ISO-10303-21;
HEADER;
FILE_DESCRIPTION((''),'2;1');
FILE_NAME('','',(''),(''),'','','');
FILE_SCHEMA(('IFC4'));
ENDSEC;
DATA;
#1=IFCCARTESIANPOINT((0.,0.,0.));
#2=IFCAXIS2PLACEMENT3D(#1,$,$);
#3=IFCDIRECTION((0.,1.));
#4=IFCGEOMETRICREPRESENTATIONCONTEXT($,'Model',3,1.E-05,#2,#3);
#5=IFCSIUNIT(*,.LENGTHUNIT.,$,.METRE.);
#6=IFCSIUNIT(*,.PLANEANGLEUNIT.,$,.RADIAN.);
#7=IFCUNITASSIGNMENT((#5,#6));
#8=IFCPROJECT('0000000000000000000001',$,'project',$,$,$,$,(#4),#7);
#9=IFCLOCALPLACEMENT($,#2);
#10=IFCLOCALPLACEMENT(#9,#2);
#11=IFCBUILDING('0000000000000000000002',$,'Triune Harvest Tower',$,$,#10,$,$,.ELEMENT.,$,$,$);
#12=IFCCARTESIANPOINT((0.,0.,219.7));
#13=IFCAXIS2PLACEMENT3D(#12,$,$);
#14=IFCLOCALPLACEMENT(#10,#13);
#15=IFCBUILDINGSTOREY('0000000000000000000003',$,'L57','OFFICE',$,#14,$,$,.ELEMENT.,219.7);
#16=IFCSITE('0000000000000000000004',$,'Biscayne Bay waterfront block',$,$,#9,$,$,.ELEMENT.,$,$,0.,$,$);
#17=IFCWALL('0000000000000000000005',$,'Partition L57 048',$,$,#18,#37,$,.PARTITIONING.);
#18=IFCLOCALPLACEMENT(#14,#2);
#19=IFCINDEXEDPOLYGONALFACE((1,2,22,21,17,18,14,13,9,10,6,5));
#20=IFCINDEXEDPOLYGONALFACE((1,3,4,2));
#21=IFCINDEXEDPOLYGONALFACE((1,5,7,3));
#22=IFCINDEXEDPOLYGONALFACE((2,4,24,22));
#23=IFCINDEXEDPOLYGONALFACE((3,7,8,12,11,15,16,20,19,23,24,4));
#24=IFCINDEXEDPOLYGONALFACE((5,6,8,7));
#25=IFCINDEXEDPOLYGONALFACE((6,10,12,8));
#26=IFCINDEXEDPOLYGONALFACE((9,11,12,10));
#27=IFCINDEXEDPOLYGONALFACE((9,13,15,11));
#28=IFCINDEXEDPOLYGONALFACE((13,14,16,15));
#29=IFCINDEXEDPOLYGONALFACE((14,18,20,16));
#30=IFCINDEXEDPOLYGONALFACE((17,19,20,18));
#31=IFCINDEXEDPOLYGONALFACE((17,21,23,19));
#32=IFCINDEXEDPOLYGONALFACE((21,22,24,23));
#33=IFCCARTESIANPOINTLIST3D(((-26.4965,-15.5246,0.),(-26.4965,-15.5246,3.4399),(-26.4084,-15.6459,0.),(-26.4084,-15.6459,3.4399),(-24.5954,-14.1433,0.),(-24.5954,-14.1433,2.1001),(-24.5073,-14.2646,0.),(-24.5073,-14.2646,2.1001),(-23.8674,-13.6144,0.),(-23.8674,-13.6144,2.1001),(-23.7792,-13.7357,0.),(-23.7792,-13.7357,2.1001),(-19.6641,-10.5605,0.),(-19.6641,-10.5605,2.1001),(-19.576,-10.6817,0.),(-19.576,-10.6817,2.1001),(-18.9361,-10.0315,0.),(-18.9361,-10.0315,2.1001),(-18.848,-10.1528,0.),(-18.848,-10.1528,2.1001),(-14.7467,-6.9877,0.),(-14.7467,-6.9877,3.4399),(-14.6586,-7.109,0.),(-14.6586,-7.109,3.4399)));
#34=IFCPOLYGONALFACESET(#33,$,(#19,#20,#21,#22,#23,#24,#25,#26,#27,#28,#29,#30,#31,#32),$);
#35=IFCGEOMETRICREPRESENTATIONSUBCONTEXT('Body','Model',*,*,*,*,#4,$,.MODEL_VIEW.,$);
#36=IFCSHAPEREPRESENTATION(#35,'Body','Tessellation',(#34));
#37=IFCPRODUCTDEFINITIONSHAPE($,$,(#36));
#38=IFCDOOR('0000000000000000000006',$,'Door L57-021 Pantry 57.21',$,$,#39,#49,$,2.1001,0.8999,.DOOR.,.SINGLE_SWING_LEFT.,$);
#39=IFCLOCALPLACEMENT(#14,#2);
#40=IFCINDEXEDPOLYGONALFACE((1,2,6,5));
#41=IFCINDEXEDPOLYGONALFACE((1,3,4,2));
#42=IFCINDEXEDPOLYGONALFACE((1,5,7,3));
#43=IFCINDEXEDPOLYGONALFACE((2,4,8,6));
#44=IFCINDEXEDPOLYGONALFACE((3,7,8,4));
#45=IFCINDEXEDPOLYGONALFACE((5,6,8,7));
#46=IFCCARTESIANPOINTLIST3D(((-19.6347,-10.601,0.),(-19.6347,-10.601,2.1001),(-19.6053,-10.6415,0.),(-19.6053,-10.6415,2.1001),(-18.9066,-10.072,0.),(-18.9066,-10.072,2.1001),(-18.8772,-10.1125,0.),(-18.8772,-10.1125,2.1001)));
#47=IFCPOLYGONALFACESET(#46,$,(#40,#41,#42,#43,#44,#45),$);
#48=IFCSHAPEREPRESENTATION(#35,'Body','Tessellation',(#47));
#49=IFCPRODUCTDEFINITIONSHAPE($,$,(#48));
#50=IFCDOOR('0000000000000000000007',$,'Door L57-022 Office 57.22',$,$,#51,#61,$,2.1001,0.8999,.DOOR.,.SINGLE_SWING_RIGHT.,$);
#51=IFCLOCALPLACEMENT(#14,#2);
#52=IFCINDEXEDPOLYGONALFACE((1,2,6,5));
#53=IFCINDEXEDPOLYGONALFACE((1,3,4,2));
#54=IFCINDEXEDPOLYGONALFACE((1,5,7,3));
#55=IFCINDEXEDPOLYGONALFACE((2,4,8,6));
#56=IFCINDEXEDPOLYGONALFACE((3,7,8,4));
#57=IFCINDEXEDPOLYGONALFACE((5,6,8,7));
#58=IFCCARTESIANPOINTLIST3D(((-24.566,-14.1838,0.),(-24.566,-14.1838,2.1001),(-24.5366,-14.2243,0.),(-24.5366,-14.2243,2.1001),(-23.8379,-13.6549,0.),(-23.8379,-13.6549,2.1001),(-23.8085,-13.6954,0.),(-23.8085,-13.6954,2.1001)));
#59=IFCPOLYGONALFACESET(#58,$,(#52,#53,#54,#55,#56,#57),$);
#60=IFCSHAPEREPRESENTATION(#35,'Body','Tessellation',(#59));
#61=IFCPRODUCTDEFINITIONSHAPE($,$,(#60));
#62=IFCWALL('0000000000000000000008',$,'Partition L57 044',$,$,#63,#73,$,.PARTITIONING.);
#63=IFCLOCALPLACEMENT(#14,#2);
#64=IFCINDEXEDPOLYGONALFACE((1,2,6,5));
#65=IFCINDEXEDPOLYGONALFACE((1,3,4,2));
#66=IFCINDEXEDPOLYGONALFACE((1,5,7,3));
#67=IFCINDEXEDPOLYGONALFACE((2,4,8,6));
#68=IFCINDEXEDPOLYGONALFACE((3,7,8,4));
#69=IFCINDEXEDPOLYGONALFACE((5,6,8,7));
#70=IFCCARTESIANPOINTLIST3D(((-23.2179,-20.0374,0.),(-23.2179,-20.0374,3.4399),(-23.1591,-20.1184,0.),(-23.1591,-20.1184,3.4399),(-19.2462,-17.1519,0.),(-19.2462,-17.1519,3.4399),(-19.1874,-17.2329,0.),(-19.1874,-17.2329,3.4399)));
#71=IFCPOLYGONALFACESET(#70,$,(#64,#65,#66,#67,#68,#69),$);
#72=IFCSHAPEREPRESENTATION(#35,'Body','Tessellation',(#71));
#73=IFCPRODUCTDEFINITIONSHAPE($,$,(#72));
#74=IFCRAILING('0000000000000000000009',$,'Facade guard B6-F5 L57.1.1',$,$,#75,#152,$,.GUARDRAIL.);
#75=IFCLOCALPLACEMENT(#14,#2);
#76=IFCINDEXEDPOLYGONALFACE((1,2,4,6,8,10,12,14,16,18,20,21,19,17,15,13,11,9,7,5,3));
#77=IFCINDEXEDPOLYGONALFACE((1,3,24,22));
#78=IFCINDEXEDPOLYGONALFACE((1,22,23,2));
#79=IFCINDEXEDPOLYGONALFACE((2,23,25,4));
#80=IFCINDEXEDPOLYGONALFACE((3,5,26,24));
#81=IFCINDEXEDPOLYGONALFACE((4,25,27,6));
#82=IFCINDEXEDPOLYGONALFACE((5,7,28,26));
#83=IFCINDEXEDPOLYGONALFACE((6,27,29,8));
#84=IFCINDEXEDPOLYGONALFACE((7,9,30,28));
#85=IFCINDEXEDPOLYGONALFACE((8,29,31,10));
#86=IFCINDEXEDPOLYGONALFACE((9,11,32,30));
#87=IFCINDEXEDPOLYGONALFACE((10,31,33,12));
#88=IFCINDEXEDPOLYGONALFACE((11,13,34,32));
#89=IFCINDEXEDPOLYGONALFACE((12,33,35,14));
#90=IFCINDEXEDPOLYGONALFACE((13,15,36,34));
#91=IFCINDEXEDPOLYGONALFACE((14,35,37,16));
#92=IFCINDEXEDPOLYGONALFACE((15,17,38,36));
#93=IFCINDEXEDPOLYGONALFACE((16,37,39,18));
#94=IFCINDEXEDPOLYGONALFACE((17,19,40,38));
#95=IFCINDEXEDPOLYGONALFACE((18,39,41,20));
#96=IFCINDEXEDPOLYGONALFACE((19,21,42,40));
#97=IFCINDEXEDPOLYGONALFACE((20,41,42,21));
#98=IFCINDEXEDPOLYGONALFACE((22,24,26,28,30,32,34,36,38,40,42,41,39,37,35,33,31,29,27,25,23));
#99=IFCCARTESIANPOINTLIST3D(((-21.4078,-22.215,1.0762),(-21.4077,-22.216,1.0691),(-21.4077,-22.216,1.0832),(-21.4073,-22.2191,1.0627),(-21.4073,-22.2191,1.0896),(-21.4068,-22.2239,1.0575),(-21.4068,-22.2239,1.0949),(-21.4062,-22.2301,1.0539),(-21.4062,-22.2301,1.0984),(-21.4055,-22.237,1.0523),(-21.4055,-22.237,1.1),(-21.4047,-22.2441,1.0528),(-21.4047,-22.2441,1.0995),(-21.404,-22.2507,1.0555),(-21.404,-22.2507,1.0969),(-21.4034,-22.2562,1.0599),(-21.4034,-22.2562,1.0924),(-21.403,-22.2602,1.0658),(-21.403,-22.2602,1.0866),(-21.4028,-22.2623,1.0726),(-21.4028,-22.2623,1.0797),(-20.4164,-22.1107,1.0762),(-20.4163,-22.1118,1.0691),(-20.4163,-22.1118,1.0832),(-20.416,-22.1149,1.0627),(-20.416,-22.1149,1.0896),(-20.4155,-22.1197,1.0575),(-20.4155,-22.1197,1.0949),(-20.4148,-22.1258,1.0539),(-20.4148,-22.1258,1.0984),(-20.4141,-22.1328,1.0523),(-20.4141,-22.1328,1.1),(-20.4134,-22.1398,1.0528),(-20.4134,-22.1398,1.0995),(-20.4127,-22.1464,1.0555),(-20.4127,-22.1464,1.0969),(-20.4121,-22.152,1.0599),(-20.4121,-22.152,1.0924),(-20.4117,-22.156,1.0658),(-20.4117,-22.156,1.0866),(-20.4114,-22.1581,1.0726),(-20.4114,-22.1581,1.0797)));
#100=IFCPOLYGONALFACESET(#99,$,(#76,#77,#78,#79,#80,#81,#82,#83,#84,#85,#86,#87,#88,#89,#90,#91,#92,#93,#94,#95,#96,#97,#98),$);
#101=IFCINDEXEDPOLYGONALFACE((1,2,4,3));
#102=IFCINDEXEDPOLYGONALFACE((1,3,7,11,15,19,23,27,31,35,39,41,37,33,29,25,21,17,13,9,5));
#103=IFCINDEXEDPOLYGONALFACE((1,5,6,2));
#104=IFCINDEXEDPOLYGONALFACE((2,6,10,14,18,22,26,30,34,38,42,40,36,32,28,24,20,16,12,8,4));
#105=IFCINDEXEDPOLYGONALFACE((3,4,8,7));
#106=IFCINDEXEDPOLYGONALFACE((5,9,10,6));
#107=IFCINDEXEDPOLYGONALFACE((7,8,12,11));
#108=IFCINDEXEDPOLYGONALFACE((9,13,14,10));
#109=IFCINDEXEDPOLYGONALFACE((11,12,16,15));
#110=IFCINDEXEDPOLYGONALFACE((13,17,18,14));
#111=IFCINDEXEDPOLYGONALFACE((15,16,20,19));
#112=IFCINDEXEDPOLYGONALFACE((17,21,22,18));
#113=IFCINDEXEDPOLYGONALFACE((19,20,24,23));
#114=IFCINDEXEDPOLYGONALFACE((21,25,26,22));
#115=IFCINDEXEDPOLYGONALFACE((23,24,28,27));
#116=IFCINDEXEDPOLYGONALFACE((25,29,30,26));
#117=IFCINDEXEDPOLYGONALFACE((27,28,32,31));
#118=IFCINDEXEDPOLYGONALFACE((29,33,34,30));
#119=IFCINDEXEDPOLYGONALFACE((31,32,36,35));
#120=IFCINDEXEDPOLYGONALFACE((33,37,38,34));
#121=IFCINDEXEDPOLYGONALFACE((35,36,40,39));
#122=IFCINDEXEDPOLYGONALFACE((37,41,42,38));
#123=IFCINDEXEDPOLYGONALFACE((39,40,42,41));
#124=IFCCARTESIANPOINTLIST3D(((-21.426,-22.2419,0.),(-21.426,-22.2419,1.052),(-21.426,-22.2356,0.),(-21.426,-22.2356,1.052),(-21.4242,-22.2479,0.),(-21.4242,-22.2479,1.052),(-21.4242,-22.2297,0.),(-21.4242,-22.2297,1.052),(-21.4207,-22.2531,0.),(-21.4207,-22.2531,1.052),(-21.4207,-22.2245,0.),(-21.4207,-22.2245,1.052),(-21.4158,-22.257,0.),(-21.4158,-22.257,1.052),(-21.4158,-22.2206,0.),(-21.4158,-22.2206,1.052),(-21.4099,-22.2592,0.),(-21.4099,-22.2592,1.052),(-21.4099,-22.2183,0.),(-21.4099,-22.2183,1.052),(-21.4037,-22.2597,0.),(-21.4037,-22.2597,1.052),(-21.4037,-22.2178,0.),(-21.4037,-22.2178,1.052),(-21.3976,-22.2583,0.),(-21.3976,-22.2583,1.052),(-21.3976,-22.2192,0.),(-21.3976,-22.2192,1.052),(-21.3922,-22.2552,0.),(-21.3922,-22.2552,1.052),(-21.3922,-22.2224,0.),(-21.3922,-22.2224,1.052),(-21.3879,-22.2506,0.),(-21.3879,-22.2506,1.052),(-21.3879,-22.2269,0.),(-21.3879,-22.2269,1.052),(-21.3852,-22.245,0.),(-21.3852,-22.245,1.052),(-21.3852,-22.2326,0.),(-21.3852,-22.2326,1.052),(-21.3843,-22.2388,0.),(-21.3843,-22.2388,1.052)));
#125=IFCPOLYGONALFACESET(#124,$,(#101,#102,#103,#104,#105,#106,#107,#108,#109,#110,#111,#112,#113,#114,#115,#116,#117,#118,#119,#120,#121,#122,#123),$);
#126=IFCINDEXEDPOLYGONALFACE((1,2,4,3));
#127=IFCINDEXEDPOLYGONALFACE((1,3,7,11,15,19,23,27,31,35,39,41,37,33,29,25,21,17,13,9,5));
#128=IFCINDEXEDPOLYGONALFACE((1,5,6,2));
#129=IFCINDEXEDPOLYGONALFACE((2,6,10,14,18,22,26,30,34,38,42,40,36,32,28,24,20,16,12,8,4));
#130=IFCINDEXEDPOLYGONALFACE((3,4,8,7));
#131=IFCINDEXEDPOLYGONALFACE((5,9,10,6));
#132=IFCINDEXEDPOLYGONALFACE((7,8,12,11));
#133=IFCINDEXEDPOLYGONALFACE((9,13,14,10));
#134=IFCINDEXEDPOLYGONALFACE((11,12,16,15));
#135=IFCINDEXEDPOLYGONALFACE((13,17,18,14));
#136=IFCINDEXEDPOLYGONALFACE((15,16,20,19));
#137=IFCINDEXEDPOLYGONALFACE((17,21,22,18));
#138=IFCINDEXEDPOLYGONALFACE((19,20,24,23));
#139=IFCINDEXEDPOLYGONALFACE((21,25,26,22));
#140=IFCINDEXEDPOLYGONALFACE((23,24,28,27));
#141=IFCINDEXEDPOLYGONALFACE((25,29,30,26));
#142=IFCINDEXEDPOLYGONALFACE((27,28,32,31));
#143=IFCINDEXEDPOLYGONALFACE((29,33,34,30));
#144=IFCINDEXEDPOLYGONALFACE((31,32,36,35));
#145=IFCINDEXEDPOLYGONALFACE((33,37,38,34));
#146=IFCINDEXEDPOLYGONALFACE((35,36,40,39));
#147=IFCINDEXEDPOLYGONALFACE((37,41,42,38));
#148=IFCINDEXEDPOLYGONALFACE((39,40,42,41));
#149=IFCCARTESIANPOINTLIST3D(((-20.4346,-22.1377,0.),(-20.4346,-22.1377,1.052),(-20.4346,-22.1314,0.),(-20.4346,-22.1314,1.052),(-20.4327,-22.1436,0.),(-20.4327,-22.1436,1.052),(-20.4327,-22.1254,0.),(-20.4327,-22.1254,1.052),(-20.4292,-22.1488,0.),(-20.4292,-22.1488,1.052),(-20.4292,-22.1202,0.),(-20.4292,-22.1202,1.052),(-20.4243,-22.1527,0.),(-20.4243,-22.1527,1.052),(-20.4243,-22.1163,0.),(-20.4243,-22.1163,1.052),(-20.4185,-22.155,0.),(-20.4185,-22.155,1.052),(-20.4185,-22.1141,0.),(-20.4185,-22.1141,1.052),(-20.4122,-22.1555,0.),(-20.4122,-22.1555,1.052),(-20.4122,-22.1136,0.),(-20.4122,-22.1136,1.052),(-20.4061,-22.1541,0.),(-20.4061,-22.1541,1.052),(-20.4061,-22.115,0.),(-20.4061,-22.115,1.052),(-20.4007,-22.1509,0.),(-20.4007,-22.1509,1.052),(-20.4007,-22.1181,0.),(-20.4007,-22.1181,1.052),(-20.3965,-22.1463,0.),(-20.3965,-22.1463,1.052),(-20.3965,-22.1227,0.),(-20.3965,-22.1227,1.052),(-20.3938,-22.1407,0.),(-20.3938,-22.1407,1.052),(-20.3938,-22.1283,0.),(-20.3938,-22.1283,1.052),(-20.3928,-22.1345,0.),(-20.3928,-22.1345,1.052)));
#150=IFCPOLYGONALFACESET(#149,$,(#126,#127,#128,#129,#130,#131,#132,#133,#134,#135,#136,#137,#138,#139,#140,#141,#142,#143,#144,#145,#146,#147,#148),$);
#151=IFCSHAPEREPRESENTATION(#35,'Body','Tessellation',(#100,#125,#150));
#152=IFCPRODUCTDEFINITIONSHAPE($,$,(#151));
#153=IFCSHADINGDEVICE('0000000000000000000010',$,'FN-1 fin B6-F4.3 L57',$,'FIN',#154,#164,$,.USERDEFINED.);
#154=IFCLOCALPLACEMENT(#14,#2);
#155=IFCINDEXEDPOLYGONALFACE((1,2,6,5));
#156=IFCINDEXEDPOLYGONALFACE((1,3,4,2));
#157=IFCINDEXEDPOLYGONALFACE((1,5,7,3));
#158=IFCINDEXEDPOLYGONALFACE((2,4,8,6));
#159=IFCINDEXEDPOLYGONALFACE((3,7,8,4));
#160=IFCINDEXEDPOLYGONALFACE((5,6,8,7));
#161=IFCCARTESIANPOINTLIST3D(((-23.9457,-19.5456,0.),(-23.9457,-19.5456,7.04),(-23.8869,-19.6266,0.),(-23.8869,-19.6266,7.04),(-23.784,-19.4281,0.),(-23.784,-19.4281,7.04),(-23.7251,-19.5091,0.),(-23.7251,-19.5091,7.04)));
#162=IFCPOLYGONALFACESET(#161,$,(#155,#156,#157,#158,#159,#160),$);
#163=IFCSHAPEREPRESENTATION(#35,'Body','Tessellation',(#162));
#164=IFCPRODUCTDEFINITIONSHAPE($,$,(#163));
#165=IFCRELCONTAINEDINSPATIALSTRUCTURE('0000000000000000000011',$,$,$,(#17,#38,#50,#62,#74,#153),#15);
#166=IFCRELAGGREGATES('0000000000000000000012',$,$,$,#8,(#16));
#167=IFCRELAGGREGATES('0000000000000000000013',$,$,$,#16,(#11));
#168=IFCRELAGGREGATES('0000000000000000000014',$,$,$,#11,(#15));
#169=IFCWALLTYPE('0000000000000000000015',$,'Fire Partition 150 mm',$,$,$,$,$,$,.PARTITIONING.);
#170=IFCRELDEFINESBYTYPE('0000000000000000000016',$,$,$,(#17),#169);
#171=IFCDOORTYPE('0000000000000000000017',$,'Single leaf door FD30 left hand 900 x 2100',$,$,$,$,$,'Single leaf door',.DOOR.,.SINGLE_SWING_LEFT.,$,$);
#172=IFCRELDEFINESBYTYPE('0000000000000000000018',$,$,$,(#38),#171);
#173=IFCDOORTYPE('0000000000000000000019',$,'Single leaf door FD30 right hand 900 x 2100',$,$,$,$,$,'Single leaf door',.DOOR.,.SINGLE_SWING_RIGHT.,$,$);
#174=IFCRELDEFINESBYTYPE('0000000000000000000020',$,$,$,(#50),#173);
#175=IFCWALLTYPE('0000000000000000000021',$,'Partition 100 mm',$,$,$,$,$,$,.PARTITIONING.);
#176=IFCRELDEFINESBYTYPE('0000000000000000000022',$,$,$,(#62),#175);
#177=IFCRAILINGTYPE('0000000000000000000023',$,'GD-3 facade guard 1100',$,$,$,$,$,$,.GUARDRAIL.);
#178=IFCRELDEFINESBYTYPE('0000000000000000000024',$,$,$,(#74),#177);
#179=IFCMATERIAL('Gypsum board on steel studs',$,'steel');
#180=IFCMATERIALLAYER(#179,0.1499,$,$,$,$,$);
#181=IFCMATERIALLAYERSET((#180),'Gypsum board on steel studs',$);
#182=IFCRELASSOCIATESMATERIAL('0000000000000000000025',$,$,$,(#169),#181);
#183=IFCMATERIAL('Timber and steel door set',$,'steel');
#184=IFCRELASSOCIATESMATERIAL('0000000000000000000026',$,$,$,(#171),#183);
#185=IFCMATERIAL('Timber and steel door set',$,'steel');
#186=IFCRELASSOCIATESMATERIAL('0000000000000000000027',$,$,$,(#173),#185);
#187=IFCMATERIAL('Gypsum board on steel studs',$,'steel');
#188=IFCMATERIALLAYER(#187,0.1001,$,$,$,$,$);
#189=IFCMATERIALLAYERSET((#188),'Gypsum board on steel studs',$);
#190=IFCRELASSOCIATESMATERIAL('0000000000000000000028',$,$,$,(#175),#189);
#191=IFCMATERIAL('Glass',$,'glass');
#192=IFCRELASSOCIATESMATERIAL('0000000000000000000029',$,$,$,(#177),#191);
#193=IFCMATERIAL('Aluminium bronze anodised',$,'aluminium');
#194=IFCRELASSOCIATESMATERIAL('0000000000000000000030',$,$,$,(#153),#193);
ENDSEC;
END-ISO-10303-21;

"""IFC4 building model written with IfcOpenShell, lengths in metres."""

from ifc_helpers import new_model, si_unit, direction, frame, frame_2d, origin, origin_2d, place, context, subcontext, project, spatial, rectangle, circle, extrude, source, transform, mapped, material, layer, layer_set, type_object, element, fill, save


model = new_model("IFC4")

# Units and contexts
model_context = context("Model", 3, precision=1e-05, world=origin(), true_north=direction((0.0, 1.0)))
body_context = subcontext(model_context, "Body", "Model", "MODEL_VIEW")
ifc_project = project(units=[si_unit("LENGTHUNIT", "METRE"), si_unit("PLANEANGLEUNIT", "RADIAN")], contexts=[model_context])

# Site, building, storey
site_placement = place(None, origin())
site = spatial("IfcSite", under=ifc_project, at=site_placement, Name="Biscayne Bay waterfront block", CompositionType="ELEMENT", RefElevation=0.0)
building_placement = place(site_placement, origin())
building = spatial("IfcBuilding", under=site, at=building_placement, Name="Triune Harvest Tower", CompositionType="ELEMENT")
storey_placement = place(building_placement, frame((0.0, 0.0, 219.7)))
storey = spatial("IfcBuildingStorey", under=building, at=storey_placement, Name="L57", Description="OFFICE", CompositionType="ELEMENT", Elevation=219.7)

# Wall, openings, doors
ifc_material_1 = material(Name="Gypsum board on steel studs", Category="steel")
ifc_layer_1 = layer(ifc_material_1, 0.1499)
ifc_layer_set_1 = layer_set([ifc_layer_1], Name="Gypsum board on steel studs")
wall_type_1 = type_object("IfcWallType", Name="Fire Partition 150 mm", PredefinedType="PARTITIONING", material=ifc_layer_set_1)
wall_1_placement = place(storey_placement, frame((-26.4524, -15.5852, 0.0), z_axis=(0.0, 0.0, 1.0), x_axis=(0.809011, 0.587793, 0.0)))
wall_1 = element("IfcWall", 1, at=wall_1_placement, inside=storey, type_object=wall_type_1, Name="Partition L57 048", PredefinedType="PARTITIONING", context=body_context, shape_type="SweptSolid", body=[
    extrude(rectangle(XDim=14.5237, YDim=0.1499, at=frame_2d((7.2617, 0.0))), origin(), (0.0, 0.0, 1.0), 3.4399),
])
opening_1_placement = place(wall_1_placement, frame((8.4453, 0.0, 0.0)))
opening_1 = element("IfcOpeningElement", 2, at=opening_1_placement, cuts=wall_1, PredefinedType="OPENING", context=body_context, shape_type="SweptSolid", body=[
    extrude(rectangle(XDim=0.8999, YDim=2.1001, at=frame_2d((0.45, 1.05))), frame((0.0, 0.085, 0.0), z_axis=(0.0, -1.0, 0.0), x_axis=(1.0, 0.0, 0.0)), (0.0, 0.0, 1.0), 0.1699),
])
opening_2_placement = place(wall_1_placement, frame((2.3499, 0.0, 0.0)))
opening_2 = element("IfcOpeningElement", 3, at=opening_2_placement, cuts=wall_1, PredefinedType="OPENING", context=body_context, shape_type="SweptSolid", body=[
    extrude(rectangle(XDim=0.8999, YDim=2.1001, at=frame_2d((0.45, 1.05))), frame((0.0, 0.085, 0.0), z_axis=(0.0, -1.0, 0.0), x_axis=(1.0, 0.0, 0.0)), (0.0, 0.0, 1.0), 0.1699),
])
ifc_material_2 = material(Name="Timber and steel door set", Category="steel")
door_type_1 = type_object("IfcDoorType", Name="Single leaf door FD30 left hand 900 x 2100", ElementType="Single leaf door", OperationType="SINGLE_SWING_LEFT", PredefinedType="DOOR", material=ifc_material_2)
door_1_placement = place(opening_1_placement, origin())
door_1 = element("IfcDoor", 4, at=door_1_placement, inside=storey, type_object=door_type_1, Name="Door L57-021 Pantry 57.21", OperationType="SINGLE_SWING_LEFT", OverallHeight=2.1001, OverallWidth=0.8999, PredefinedType="DOOR", context=body_context, shape_type="SweptSolid", body=[
    extrude(rectangle(XDim=0.8999, YDim=2.1001, at=frame_2d((0.45, 1.05))), frame((0.0, 0.0249, 0.0), z_axis=(0.0, -1.0, 0.0), x_axis=(1.0, 0.0, 0.0)), (0.0, 0.0, 1.0), 0.05),
])
fill(opening_1, door_1)
ifc_material_3 = material(Name="Timber and steel door set", Category="steel")
door_type_2 = type_object("IfcDoorType", Name="Single leaf door FD30 right hand 900 x 2100", ElementType="Single leaf door", OperationType="SINGLE_SWING_RIGHT", PredefinedType="DOOR", material=ifc_material_3)
door_2_placement = place(opening_2_placement, origin())
door_2 = element("IfcDoor", 5, at=door_2_placement, inside=storey, type_object=door_type_2, Name="Door L57-022 Office 57.22", OperationType="SINGLE_SWING_RIGHT", OverallHeight=2.1001, OverallWidth=0.8999, PredefinedType="DOOR", context=body_context, shape_type="SweptSolid", body=[
    extrude(rectangle(XDim=0.8999, YDim=2.1001, at=frame_2d((0.45, 1.05))), frame((0.0, 0.0249, 0.0), z_axis=(0.0, -1.0, 0.0), x_axis=(1.0, 0.0, 0.0)), (0.0, 0.0, 1.0), 0.05),
])
fill(opening_2, door_2)

# Wall
ifc_material_4 = material(Name="Gypsum board on steel studs", Category="steel")
ifc_layer_2 = layer(ifc_material_4, 0.1001)
ifc_layer_set_2 = layer_set([ifc_layer_2], Name="Gypsum board on steel studs")
wall_type_2 = type_object("IfcWallType", Name="Partition 100 mm", PredefinedType="PARTITIONING", material=ifc_layer_set_2)
wall_2_placement = place(storey_placement, frame((-23.1885, -20.0779, 0.0), z_axis=(0.0, 0.0, 1.0), x_axis=(0.809026, 0.587772, 0.0)))
element("IfcWall", 6, at=wall_2_placement, inside=storey, type_object=wall_type_2, Name="Partition L57 044", PredefinedType="PARTITIONING", context=body_context, shape_type="SweptSolid", body=[
    extrude(rectangle(XDim=4.9092, YDim=0.1001, at=frame_2d((2.4546, 0.0))), origin(), (0.0, 0.0, 1.0), 3.4399),
])

# Railing
ifc_material_5 = material(Name="Glass", Category="glass")
railing_type = type_object("IfcRailingType", Name="GD-3 facade guard 1100", PredefinedType="GUARDRAIL", material=ifc_material_5)
railing_placement = place(storey_placement, frame((-21.4053, -22.2388, 0.0)))
element("IfcRailing", 7, at=railing_placement, inside=storey, type_object=railing_type, Name="Facade guard B6-F5 L57.1.1", PredefinedType="GUARDRAIL", context=body_context, shape_type="SweptSolid", body=[
    extrude(circle(Radius=0.0239, at=origin_2d()), frame((0.0, 0.0, 1.0762), z_axis=(0.994518, 0.10457, 0.0), x_axis=(-0.10457, 0.994518, 0.0)), (0.0, 0.0, 1.0), 0.9968),
    extrude(circle(Radius=0.021, at=origin_2d()), origin(), (0.0, 0.0, 1.0), 1.052),
    extrude(circle(Radius=0.021, at=origin_2d()), frame((0.9915, 0.1042, 0.0)), (0.0, 0.0, 1.0), 1.052),
])

# Shading device
ifc_material_6 = material(Name="Aluminium bronze anodised", Category="aluminium")
shared_shape_1 = source(origin(), body_context, "Body", "SweptSolid", [
    extrude(rectangle(XDim=0.1001, YDim=0.2, at=origin_2d()), origin(), (0.0, 0.0, 1.0), 7.04),
])
shading_device_placement = place(storey_placement, frame((-23.8354, -19.5273, 0.0), z_axis=(0.0, 0.0, 1.0), x_axis=(0.587789, -0.809014, 0.0)))
element("IfcShadingDevice", 8, at=shading_device_placement, inside=storey, material=ifc_material_6, Name="FN-1 fin B6-F4.3 L57", ObjectType="FIN", PredefinedType="USERDEFINED", context=body_context, shape_type="MappedRepresentation", body=[
    mapped(shared_shape_1, transform((0.0, 0.0, 0.0), scale=1.0)),
])

save(model, "model.ifc")
